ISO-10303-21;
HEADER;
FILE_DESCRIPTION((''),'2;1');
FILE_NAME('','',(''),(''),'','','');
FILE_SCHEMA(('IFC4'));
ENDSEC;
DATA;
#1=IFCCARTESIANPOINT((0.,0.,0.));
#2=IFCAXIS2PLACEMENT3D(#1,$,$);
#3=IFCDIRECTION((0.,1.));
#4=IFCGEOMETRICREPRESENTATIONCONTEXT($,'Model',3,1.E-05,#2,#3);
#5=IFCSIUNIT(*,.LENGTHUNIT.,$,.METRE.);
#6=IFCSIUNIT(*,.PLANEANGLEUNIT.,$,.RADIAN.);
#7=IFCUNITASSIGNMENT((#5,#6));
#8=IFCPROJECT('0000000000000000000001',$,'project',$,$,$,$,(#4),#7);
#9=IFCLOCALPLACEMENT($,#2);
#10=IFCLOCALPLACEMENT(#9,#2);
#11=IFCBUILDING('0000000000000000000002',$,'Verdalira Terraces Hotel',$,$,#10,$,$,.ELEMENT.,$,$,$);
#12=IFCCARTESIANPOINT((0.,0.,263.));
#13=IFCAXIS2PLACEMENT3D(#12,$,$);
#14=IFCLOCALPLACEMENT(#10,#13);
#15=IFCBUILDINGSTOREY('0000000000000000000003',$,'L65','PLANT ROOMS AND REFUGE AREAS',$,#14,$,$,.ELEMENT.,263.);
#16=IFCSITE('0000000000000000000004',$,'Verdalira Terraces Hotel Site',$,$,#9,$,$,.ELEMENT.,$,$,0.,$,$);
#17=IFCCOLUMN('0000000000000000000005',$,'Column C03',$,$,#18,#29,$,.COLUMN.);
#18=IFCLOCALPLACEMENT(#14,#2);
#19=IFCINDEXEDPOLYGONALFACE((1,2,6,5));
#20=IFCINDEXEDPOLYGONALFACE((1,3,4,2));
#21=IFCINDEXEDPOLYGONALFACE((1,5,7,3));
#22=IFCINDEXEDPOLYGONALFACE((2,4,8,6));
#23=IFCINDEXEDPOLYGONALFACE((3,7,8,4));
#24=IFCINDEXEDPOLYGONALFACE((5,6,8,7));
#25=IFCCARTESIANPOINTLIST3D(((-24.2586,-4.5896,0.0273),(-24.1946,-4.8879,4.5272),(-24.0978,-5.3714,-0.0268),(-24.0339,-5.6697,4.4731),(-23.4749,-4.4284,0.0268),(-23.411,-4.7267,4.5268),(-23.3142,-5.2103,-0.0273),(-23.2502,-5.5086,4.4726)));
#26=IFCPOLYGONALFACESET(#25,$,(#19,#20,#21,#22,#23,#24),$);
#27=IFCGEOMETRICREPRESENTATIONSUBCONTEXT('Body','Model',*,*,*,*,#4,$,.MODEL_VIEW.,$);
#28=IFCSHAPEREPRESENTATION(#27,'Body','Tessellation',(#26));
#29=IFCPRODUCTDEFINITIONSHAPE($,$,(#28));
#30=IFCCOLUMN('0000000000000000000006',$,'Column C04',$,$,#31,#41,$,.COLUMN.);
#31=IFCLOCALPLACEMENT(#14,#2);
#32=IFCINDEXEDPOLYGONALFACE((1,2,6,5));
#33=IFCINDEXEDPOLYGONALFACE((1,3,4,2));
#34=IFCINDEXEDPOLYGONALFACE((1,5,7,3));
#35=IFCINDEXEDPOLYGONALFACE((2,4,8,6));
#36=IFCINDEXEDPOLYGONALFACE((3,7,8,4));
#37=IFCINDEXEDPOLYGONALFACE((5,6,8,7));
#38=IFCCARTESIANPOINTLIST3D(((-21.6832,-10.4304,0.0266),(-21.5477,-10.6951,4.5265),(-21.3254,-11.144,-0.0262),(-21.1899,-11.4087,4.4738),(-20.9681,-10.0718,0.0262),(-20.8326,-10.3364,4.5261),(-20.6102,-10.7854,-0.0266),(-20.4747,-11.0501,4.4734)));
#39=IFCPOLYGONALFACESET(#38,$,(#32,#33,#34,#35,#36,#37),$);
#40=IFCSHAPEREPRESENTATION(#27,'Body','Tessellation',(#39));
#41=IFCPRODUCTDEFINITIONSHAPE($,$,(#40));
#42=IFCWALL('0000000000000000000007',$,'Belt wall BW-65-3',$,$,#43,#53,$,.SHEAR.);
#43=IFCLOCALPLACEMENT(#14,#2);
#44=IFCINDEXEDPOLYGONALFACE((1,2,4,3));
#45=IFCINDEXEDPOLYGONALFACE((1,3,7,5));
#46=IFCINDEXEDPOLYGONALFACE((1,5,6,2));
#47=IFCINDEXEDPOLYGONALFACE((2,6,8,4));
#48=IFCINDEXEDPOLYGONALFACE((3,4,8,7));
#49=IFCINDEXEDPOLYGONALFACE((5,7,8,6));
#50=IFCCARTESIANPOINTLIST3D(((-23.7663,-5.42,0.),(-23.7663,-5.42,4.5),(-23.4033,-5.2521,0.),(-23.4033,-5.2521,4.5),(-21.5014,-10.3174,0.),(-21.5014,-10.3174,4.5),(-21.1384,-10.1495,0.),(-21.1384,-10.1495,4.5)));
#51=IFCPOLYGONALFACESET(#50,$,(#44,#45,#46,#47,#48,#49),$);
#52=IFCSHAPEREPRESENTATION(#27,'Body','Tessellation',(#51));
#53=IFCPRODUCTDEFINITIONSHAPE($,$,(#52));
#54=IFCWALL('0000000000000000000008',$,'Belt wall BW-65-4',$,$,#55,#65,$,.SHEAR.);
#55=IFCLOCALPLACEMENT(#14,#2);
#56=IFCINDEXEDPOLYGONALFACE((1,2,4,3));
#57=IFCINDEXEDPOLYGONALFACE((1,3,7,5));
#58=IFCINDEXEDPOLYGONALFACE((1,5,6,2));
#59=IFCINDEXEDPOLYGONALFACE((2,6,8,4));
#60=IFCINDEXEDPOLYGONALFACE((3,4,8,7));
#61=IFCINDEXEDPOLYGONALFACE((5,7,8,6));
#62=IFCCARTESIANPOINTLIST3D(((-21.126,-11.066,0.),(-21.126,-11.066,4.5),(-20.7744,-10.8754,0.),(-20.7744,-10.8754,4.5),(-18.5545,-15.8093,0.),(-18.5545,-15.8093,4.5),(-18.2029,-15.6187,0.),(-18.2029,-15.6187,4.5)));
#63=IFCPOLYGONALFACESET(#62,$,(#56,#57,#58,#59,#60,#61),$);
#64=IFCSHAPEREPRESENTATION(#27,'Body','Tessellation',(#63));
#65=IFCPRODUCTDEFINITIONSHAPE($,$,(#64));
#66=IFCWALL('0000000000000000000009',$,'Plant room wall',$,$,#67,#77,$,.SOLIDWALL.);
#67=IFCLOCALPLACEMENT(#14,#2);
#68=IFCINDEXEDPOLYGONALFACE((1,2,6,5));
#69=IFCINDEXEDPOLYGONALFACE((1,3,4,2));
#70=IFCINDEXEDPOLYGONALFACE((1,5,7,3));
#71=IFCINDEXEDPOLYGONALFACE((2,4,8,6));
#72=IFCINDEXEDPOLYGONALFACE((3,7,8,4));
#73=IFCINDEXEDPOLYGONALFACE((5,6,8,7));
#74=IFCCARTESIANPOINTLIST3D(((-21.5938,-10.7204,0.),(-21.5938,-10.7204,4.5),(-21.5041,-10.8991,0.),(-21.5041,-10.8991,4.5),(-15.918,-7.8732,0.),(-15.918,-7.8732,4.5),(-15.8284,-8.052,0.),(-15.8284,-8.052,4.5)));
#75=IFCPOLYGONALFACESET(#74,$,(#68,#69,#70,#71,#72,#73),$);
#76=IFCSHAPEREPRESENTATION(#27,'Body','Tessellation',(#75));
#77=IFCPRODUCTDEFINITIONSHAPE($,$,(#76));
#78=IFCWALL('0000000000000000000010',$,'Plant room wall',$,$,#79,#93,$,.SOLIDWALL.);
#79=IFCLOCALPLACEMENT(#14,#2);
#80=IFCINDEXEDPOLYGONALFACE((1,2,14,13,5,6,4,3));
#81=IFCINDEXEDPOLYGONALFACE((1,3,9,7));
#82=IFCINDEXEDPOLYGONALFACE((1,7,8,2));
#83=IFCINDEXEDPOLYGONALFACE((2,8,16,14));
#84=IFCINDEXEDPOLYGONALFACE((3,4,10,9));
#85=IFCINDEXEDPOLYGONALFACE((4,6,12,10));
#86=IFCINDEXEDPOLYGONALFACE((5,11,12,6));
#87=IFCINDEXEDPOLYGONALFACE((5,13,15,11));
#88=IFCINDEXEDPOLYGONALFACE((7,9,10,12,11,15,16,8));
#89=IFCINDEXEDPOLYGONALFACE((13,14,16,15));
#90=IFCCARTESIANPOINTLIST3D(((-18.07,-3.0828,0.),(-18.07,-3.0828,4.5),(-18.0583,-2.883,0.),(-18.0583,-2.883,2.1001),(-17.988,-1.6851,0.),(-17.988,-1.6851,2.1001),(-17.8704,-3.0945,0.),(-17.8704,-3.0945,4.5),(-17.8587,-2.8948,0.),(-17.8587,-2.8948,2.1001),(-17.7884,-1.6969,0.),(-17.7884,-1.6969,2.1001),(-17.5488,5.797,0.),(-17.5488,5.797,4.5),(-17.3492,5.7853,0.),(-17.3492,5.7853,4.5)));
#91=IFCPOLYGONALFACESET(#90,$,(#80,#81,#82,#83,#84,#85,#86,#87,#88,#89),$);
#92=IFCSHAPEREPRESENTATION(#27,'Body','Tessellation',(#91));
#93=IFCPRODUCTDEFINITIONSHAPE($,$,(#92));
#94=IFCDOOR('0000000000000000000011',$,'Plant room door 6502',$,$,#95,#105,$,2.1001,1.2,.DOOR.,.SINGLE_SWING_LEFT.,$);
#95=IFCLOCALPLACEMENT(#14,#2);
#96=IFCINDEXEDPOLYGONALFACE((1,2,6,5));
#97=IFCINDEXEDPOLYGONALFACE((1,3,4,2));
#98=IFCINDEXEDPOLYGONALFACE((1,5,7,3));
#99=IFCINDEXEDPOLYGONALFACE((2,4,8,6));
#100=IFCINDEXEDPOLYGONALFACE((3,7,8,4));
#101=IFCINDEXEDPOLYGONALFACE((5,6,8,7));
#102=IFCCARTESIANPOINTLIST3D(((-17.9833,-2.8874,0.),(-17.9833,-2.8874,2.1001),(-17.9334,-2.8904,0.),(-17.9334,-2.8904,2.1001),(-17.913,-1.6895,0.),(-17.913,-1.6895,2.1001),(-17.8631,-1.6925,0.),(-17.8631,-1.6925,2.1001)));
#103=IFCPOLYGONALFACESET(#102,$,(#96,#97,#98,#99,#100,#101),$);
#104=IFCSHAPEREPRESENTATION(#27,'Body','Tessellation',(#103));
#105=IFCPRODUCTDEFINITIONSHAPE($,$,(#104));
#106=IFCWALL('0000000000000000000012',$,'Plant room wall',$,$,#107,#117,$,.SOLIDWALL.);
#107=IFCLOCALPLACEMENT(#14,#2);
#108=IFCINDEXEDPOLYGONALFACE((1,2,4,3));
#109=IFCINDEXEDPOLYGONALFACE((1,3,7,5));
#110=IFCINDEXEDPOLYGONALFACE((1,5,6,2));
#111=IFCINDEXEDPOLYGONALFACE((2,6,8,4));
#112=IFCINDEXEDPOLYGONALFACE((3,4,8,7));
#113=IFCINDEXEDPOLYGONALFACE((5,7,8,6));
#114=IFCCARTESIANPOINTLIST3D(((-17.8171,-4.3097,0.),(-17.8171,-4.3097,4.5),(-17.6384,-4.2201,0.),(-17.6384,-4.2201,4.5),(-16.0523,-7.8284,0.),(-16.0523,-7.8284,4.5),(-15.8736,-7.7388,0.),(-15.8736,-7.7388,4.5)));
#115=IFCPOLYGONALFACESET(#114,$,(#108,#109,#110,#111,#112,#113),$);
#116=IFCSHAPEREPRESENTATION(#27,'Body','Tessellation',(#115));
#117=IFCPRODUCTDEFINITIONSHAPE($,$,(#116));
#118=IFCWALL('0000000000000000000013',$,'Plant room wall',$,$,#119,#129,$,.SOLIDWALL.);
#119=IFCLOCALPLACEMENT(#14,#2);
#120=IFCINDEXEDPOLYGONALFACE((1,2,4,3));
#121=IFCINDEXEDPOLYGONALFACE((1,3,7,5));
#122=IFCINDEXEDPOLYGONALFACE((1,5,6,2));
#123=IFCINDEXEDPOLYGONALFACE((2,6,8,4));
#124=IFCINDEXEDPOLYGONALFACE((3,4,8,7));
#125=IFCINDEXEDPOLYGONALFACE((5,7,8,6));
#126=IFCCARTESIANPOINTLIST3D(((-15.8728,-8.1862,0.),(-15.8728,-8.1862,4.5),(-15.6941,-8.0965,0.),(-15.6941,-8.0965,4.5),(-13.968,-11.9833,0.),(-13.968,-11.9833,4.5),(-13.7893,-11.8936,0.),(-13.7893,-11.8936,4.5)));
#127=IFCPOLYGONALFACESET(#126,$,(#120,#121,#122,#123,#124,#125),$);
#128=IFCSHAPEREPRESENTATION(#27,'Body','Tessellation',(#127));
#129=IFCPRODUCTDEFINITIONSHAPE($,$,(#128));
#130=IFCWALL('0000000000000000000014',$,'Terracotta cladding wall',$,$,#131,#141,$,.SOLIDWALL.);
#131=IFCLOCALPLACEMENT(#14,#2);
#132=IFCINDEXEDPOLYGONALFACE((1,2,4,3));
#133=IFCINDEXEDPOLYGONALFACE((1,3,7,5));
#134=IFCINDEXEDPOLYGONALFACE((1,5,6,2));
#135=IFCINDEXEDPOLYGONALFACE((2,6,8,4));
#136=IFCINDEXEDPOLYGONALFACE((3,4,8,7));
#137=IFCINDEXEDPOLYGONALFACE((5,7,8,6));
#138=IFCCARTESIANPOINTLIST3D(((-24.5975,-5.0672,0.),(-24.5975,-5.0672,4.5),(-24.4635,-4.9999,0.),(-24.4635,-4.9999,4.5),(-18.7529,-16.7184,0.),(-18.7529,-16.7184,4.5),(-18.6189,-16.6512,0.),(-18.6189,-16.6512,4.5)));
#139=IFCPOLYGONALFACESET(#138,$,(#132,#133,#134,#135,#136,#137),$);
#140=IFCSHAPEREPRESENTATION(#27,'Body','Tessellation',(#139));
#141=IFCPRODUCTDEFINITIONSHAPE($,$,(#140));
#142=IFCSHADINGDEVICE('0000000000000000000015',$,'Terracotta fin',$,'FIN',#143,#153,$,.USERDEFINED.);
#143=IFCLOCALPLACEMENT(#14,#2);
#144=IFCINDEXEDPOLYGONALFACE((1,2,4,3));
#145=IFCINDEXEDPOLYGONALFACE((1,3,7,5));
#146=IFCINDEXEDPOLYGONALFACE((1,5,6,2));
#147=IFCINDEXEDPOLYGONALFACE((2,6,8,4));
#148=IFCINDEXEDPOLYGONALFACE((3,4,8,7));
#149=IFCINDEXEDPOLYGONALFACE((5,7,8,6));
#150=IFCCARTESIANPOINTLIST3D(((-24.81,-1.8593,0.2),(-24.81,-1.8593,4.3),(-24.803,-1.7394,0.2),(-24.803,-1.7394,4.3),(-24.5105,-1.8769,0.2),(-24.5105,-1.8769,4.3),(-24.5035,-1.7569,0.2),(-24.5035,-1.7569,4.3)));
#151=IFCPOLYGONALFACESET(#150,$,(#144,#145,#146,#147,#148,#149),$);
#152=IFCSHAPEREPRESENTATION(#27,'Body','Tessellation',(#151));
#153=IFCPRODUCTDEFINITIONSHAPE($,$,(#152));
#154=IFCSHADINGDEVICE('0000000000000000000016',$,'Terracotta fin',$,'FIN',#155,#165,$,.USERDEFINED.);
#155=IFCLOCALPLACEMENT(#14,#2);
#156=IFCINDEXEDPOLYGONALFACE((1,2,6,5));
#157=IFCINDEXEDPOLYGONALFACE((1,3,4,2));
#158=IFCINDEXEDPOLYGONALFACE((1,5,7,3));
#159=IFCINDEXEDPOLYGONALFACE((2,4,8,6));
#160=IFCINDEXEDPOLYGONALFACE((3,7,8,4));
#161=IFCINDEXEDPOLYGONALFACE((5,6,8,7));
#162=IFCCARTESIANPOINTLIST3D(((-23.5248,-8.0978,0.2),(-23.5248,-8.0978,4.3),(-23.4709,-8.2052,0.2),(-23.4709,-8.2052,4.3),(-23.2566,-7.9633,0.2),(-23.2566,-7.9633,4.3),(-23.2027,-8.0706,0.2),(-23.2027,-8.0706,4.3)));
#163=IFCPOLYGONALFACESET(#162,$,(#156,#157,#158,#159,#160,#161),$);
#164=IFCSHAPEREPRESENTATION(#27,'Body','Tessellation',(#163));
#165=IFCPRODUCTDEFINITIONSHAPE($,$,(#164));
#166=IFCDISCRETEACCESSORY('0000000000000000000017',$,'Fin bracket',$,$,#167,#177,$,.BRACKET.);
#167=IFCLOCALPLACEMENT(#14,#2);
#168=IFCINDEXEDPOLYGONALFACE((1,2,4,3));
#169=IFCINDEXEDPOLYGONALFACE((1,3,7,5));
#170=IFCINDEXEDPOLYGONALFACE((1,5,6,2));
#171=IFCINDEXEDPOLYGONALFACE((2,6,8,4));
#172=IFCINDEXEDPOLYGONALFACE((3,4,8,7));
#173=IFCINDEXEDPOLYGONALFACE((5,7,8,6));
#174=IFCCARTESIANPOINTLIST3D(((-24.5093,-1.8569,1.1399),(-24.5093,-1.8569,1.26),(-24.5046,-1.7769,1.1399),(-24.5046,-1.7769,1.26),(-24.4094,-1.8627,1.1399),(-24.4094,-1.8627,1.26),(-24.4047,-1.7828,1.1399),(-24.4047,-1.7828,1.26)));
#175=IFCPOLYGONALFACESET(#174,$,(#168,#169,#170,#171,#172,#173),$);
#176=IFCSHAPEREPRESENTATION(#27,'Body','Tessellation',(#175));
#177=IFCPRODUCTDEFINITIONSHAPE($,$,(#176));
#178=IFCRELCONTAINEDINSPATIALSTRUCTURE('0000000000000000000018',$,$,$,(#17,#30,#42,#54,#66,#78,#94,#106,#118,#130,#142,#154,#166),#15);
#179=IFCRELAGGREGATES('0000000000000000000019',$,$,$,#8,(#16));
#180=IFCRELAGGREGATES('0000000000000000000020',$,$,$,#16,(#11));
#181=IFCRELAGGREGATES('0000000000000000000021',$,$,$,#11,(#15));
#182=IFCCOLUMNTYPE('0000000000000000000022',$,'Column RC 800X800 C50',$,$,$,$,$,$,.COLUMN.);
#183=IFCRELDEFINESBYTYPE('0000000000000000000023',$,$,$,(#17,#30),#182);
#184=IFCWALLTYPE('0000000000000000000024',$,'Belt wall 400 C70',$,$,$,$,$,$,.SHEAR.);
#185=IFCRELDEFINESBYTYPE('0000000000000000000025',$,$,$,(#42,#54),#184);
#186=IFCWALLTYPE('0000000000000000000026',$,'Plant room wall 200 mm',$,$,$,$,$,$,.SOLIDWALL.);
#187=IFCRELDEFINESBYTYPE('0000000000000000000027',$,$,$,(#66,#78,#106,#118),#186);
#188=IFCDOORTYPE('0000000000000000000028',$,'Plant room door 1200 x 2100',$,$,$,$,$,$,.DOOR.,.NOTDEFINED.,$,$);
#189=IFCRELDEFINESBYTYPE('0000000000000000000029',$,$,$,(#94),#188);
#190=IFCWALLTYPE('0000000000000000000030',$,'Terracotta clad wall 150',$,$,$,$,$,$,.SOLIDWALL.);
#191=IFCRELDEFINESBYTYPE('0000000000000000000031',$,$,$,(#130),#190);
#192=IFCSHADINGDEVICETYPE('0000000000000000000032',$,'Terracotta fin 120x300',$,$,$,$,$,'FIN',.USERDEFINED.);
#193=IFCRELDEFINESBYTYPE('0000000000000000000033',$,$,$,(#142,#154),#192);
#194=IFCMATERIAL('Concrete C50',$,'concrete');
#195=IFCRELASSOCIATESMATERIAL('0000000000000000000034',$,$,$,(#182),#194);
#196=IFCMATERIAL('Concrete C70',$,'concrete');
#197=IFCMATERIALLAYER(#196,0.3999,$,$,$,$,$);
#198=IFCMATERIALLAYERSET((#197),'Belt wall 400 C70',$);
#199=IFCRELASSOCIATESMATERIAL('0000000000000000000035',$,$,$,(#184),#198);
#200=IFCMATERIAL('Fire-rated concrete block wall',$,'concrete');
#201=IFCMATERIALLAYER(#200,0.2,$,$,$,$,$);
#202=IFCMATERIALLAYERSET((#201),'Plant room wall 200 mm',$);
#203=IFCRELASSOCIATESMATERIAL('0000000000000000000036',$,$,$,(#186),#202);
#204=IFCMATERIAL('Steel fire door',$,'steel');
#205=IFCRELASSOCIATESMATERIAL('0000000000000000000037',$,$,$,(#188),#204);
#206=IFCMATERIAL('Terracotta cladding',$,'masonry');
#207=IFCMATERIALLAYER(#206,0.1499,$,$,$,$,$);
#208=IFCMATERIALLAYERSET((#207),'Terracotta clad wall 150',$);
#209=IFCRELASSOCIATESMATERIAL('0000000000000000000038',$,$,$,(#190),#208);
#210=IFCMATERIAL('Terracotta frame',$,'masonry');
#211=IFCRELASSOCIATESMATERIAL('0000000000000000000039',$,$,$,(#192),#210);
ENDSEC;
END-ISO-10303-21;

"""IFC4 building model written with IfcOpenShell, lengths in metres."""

from ifc_helpers import new_model, si_unit, direction, frame, frame_2d, origin, origin_2d, place, context, subcontext, project, spatial, rectangle, extrude, material, layer, layer_set, material_profile, profile_set, type_object, element, fill, save


model = new_model("IFC4")

# Units and contexts
model_context = context("Model", 3, precision=1e-05, world=origin(), true_north=direction((0.0, 1.0)))
body_context = subcontext(model_context, "Body", "Model", "MODEL_VIEW")
ifc_project = project(units=[si_unit("LENGTHUNIT", "METRE"), si_unit("PLANEANGLEUNIT", "RADIAN")], contexts=[model_context])

# Site, building, storey
site_placement = place(None, origin())
site = spatial("IfcSite", under=ifc_project, at=site_placement, Name="Verdalira Terraces Hotel Site", CompositionType="ELEMENT", RefElevation=0.0)
building_placement = place(site_placement, origin())
building = spatial("IfcBuilding", under=site, at=building_placement, Name="Verdalira Terraces Hotel", CompositionType="ELEMENT")
storey_placement = place(building_placement, frame((0.0, 0.0, 263.0)))
storey = spatial("IfcBuildingStorey", under=building, at=storey_placement, Name="L65", Description="PLANT ROOMS AND REFUGE AREAS", CompositionType="ELEMENT", Elevation=263.0)

# Columns
ifc_material_1 = material(Name="Concrete C50", Category="concrete")
ifc_material_profile_1 = material_profile(ifc_material_1, rectangle(XDim=0.8, YDim=0.8, at=origin_2d()), Name="RC 800X800")
ifc_profile_set_1 = profile_set([ifc_material_profile_1], Name="Concrete C50")
column_type = type_object("IfcColumnType", Name="Column RC 800X800 C50", PredefinedType="COLUMN", material=ifc_profile_set_1)
column_1_placement = place(storey_placement, frame((-23.7864, -4.8999, 0.0), z_axis=(0.014182, -0.066146, 0.997709), x_axis=(-0.200941, 0.977265, 0.067647)))
element("IfcColumn", 1, at=column_1_placement, inside=storey, type_object=column_type, Name="Column C03", PredefinedType="COLUMN", context=body_context, shape_type="SweptSolid", body=[
    extrude(rectangle(XDim=0.8, YDim=0.8, at=origin_2d()), origin(), (0.0, 0.0, 1.0), 4.5103),
])
column_2_placement = place(storey_placement, frame((-21.1467, -10.6079, 0.0), z_axis=(0.030045, -0.058683, 0.997824), x_axis=(0.447253, -0.891975, -0.065925)))
element("IfcColumn", 2, at=column_2_placement, inside=storey, type_object=column_type, Name="Column C04", PredefinedType="COLUMN", context=body_context, shape_type="SweptSolid", body=[
    extrude(rectangle(XDim=0.8, YDim=0.8, at=origin_2d()), origin(), (0.0, 0.0, 1.0), 4.5098),
])

# Walls
ifc_material_2 = material(Name="Concrete C70", Category="concrete")
ifc_layer_1 = layer(ifc_material_2, 0.3999)
ifc_layer_set_1 = layer_set([ifc_layer_1], Name="Belt wall 400 C70")
wall_type_1 = type_object("IfcWallType", Name="Belt wall 400 C70", PredefinedType="SHEAR", material=ifc_layer_set_1)
wall_1_placement = place(storey_placement, frame((-23.5847, -5.3362, 0.0), z_axis=(0.0, 0.0, 1.0), x_axis=(0.41975, -0.90764, 0.0)))
element("IfcWall", 3, at=wall_1_placement, inside=storey, type_object=wall_type_1, Name="Belt wall BW-65-3", PredefinedType="SHEAR", context=body_context, shape_type="SweptSolid", body=[
    extrude(rectangle(XDim=5.3958, YDim=0.3999, at=frame_2d((2.6978, 0.0))), origin(), (0.0, 0.0, 1.0), 4.5),
])
wall_2_placement = place(storey_placement, frame((-20.9502, -10.9707, 0.0), z_axis=(0.0, 0.0, 1.0), x_axis=(0.476597, -0.879122, 0.0)))
element("IfcWall", 4, at=wall_2_placement, inside=storey, type_object=wall_type_1, Name="Belt wall BW-65-4", PredefinedType="SHEAR", context=body_context, shape_type="SweptSolid", body=[
    extrude(rectangle(XDim=5.3955, YDim=0.3999, at=frame_2d((2.6978, 0.0))), origin(), (0.0, 0.0, 1.0), 4.5),
])
ifc_material_3 = material(Name="Fire-rated concrete block wall", Category="concrete")
ifc_layer_2 = layer(ifc_material_3, 0.2)
ifc_layer_set_2 = layer_set([ifc_layer_2], Name="Plant room wall 200 mm")
wall_type_2 = type_object("IfcWallType", Name="Plant room wall 200 mm", PredefinedType="SOLIDWALL", material=ifc_layer_set_2)
wall_3_placement = place(storey_placement, frame((-15.8733, -7.9626, 0.0), z_axis=(0.0, 0.0, 1.0), x_axis=(-0.893842, -0.448382, 0.0)))
element("IfcWall", 5, at=wall_3_placement, inside=storey, type_object=wall_type_2, Name="Plant room wall", PredefinedType="SOLIDWALL", context=body_context, shape_type="SweptSolid", body=[
    extrude(rectangle(XDim=6.3499, YDim=0.2, at=frame_2d((3.1748, 0.0))), origin(), (0.0, 0.0, 1.0), 4.5),
])

# Wall, opening, door
wall_4_placement = place(storey_placement, frame((-17.9702, -3.0886, 0.0), z_axis=(0.0, 0.0, 1.0), x_axis=(0.0586, 0.998282, 0.0)))
wall_4 = element("IfcWall", 6, at=wall_4_placement, inside=storey, type_object=wall_type_2, Name="Plant room wall", PredefinedType="SOLIDWALL", context=body_context, shape_type="SweptSolid", body=[
    extrude(rectangle(XDim=8.895, YDim=0.2, at=frame_2d((4.4475, 0.0))), origin(), (0.0, 0.0, 1.0), 4.5),
])
opening_placement = place(wall_4_placement, frame((0.2, 0.0, 0.0)))
opening = element("IfcOpeningElement", 7, at=opening_placement, cuts=wall_4, PredefinedType="OPENING", context=body_context, shape_type="SweptSolid", body=[
    extrude(rectangle(XDim=1.2, YDim=2.1001, at=frame_2d((0.6001, 1.05))), frame((0.0, 0.1099, 0.0), z_axis=(0.0, -1.0, 0.0), x_axis=(1.0, 0.0, 0.0)), (0.0, 0.0, 1.0), 0.22),
])
ifc_material_4 = material(Name="Steel fire door", Category="steel")
door_type = type_object("IfcDoorType", Name="Plant room door 1200 x 2100", OperationType="NOTDEFINED", PredefinedType="DOOR", material=ifc_material_4)
door_placement = place(opening_placement, origin())
door = element("IfcDoor", 8, at=door_placement, inside=storey, type_object=door_type, Name="Plant room door 6502", OperationType="SINGLE_SWING_LEFT", OverallHeight=2.1001, OverallWidth=1.2, PredefinedType="DOOR", context=body_context, shape_type="SweptSolid", body=[
    extrude(rectangle(XDim=1.2, YDim=2.1001, at=frame_2d((0.6001, 1.05))), frame((0.0, 0.0249, 0.0), z_axis=(0.0, -1.0, 0.0), x_axis=(1.0, 0.0, 0.0)), (0.0, 0.0, 1.0), 0.05),
])
fill(opening, door)

# Walls
wall_5_placement = place(storey_placement, frame((-17.7278, -4.2649, 0.0), z_axis=(0.0, 0.0, 1.0), x_axis=(0.44833, -0.893868, 0.0)))
element("IfcWall", 9, at=wall_5_placement, inside=storey, type_object=wall_type_2, Name="Plant room wall", PredefinedType="SOLIDWALL", context=body_context, shape_type="SweptSolid", body=[
    extrude(rectangle(XDim=3.9365, YDim=0.2, at=frame_2d((1.9683, 0.0))), origin(), (0.0, 0.0, 1.0), 4.5),
])
wall_6_placement = place(storey_placement, frame((-15.7834, -8.1414, 0.0), z_axis=(0.0, 0.0, 1.0), x_axis=(0.448386, -0.89384, 0.0)))
element("IfcWall", 10, at=wall_6_placement, inside=storey, type_object=wall_type_2, Name="Plant room wall", PredefinedType="SOLIDWALL", context=body_context, shape_type="SweptSolid", body=[
    extrude(rectangle(XDim=4.248, YDim=0.2, at=frame_2d((2.124, 0.0))), origin(), (0.0, 0.0, 1.0), 4.5),
])
ifc_material_5 = material(Name="Terracotta cladding", Category="masonry")
ifc_layer_3 = layer(ifc_material_5, 0.1499)
ifc_layer_set_3 = layer_set([ifc_layer_3], Name="Terracotta clad wall 150")
wall_type_3 = type_object("IfcWallType", Name="Terracotta clad wall 150", PredefinedType="SOLIDWALL", material=ifc_layer_set_3)
wall_7_placement = place(storey_placement, frame((-24.5305, -5.0334, 0.0), z_axis=(0.0, 0.0, 1.0), x_axis=(0.448374, -0.893846, 0.0)))
element("IfcWall", 11, at=wall_7_placement, inside=storey, type_object=wall_type_3, Name="Terracotta cladding wall", PredefinedType="SOLIDWALL", context=body_context, shape_type="SweptSolid", body=[
    extrude(rectangle(XDim=13.0349, YDim=0.1499, at=frame_2d((6.5176, 0.0))), origin(), (0.0, 0.0, 1.0), 4.5),
])

# Shading devices
ifc_material_6 = material(Name="Terracotta frame", Category="masonry")
ifc_material_profile_2 = material_profile(ifc_material_6, rectangle(XDim=0.1201, YDim=0.3, at=origin_2d()), Name="FIN 120x300")
ifc_profile_set_2 = profile_set([ifc_material_profile_2], Name="Terracotta frame")
shading_device_type = type_object("IfcShadingDeviceType", Name="Terracotta fin 120x300", ElementType="FIN", PredefinedType="USERDEFINED", material=ifc_profile_set_2)
for number, where, z_axis, x_axis, name in (
    (12, (-24.6567, -1.8081, 0.2), (0.0, 0.0, 1.0), (-0.058609, -0.998281, 0.0), "Terracotta fin"),
    (13, (-23.3638, -8.0842, 0.2), (0.0, 0.0, 1.0), (0.448383, -0.893841, 0.0), "Terracotta fin"),
):
    element("IfcShadingDevice", number, at=place(storey_placement, frame(where, z_axis=z_axis, x_axis=x_axis)), inside=storey, type_object=shading_device_type, Name=name, ObjectType="FIN", PredefinedType="USERDEFINED", context=body_context, shape_type="SweptSolid", body=[
        extrude(rectangle(XDim=0.1201, YDim=0.3, at=origin_2d()), origin(), (0.0, 0.0, 1.0), 4.1001),
    ])

# Discrete accessory
for number, where, z_axis, x_axis, name in (
    (14, (-24.457, -1.8198, 1.1399), (0.0, 0.0, 1.0), (-0.058609, -0.998281, 0.0), "Fin bracket"),
):
    element("IfcDiscreteAccessory", number, at=place(storey_placement, frame(where, z_axis=z_axis, x_axis=x_axis)), inside=storey, Name=name, PredefinedType="BRACKET", context=body_context, shape_type="SweptSolid", body=[
        extrude(rectangle(XDim=0.0801, YDim=0.1001, at=origin_2d()), origin(), (0.0, 0.0, 1.0), 0.1201),
    ])

save(model, "model.ifc")
